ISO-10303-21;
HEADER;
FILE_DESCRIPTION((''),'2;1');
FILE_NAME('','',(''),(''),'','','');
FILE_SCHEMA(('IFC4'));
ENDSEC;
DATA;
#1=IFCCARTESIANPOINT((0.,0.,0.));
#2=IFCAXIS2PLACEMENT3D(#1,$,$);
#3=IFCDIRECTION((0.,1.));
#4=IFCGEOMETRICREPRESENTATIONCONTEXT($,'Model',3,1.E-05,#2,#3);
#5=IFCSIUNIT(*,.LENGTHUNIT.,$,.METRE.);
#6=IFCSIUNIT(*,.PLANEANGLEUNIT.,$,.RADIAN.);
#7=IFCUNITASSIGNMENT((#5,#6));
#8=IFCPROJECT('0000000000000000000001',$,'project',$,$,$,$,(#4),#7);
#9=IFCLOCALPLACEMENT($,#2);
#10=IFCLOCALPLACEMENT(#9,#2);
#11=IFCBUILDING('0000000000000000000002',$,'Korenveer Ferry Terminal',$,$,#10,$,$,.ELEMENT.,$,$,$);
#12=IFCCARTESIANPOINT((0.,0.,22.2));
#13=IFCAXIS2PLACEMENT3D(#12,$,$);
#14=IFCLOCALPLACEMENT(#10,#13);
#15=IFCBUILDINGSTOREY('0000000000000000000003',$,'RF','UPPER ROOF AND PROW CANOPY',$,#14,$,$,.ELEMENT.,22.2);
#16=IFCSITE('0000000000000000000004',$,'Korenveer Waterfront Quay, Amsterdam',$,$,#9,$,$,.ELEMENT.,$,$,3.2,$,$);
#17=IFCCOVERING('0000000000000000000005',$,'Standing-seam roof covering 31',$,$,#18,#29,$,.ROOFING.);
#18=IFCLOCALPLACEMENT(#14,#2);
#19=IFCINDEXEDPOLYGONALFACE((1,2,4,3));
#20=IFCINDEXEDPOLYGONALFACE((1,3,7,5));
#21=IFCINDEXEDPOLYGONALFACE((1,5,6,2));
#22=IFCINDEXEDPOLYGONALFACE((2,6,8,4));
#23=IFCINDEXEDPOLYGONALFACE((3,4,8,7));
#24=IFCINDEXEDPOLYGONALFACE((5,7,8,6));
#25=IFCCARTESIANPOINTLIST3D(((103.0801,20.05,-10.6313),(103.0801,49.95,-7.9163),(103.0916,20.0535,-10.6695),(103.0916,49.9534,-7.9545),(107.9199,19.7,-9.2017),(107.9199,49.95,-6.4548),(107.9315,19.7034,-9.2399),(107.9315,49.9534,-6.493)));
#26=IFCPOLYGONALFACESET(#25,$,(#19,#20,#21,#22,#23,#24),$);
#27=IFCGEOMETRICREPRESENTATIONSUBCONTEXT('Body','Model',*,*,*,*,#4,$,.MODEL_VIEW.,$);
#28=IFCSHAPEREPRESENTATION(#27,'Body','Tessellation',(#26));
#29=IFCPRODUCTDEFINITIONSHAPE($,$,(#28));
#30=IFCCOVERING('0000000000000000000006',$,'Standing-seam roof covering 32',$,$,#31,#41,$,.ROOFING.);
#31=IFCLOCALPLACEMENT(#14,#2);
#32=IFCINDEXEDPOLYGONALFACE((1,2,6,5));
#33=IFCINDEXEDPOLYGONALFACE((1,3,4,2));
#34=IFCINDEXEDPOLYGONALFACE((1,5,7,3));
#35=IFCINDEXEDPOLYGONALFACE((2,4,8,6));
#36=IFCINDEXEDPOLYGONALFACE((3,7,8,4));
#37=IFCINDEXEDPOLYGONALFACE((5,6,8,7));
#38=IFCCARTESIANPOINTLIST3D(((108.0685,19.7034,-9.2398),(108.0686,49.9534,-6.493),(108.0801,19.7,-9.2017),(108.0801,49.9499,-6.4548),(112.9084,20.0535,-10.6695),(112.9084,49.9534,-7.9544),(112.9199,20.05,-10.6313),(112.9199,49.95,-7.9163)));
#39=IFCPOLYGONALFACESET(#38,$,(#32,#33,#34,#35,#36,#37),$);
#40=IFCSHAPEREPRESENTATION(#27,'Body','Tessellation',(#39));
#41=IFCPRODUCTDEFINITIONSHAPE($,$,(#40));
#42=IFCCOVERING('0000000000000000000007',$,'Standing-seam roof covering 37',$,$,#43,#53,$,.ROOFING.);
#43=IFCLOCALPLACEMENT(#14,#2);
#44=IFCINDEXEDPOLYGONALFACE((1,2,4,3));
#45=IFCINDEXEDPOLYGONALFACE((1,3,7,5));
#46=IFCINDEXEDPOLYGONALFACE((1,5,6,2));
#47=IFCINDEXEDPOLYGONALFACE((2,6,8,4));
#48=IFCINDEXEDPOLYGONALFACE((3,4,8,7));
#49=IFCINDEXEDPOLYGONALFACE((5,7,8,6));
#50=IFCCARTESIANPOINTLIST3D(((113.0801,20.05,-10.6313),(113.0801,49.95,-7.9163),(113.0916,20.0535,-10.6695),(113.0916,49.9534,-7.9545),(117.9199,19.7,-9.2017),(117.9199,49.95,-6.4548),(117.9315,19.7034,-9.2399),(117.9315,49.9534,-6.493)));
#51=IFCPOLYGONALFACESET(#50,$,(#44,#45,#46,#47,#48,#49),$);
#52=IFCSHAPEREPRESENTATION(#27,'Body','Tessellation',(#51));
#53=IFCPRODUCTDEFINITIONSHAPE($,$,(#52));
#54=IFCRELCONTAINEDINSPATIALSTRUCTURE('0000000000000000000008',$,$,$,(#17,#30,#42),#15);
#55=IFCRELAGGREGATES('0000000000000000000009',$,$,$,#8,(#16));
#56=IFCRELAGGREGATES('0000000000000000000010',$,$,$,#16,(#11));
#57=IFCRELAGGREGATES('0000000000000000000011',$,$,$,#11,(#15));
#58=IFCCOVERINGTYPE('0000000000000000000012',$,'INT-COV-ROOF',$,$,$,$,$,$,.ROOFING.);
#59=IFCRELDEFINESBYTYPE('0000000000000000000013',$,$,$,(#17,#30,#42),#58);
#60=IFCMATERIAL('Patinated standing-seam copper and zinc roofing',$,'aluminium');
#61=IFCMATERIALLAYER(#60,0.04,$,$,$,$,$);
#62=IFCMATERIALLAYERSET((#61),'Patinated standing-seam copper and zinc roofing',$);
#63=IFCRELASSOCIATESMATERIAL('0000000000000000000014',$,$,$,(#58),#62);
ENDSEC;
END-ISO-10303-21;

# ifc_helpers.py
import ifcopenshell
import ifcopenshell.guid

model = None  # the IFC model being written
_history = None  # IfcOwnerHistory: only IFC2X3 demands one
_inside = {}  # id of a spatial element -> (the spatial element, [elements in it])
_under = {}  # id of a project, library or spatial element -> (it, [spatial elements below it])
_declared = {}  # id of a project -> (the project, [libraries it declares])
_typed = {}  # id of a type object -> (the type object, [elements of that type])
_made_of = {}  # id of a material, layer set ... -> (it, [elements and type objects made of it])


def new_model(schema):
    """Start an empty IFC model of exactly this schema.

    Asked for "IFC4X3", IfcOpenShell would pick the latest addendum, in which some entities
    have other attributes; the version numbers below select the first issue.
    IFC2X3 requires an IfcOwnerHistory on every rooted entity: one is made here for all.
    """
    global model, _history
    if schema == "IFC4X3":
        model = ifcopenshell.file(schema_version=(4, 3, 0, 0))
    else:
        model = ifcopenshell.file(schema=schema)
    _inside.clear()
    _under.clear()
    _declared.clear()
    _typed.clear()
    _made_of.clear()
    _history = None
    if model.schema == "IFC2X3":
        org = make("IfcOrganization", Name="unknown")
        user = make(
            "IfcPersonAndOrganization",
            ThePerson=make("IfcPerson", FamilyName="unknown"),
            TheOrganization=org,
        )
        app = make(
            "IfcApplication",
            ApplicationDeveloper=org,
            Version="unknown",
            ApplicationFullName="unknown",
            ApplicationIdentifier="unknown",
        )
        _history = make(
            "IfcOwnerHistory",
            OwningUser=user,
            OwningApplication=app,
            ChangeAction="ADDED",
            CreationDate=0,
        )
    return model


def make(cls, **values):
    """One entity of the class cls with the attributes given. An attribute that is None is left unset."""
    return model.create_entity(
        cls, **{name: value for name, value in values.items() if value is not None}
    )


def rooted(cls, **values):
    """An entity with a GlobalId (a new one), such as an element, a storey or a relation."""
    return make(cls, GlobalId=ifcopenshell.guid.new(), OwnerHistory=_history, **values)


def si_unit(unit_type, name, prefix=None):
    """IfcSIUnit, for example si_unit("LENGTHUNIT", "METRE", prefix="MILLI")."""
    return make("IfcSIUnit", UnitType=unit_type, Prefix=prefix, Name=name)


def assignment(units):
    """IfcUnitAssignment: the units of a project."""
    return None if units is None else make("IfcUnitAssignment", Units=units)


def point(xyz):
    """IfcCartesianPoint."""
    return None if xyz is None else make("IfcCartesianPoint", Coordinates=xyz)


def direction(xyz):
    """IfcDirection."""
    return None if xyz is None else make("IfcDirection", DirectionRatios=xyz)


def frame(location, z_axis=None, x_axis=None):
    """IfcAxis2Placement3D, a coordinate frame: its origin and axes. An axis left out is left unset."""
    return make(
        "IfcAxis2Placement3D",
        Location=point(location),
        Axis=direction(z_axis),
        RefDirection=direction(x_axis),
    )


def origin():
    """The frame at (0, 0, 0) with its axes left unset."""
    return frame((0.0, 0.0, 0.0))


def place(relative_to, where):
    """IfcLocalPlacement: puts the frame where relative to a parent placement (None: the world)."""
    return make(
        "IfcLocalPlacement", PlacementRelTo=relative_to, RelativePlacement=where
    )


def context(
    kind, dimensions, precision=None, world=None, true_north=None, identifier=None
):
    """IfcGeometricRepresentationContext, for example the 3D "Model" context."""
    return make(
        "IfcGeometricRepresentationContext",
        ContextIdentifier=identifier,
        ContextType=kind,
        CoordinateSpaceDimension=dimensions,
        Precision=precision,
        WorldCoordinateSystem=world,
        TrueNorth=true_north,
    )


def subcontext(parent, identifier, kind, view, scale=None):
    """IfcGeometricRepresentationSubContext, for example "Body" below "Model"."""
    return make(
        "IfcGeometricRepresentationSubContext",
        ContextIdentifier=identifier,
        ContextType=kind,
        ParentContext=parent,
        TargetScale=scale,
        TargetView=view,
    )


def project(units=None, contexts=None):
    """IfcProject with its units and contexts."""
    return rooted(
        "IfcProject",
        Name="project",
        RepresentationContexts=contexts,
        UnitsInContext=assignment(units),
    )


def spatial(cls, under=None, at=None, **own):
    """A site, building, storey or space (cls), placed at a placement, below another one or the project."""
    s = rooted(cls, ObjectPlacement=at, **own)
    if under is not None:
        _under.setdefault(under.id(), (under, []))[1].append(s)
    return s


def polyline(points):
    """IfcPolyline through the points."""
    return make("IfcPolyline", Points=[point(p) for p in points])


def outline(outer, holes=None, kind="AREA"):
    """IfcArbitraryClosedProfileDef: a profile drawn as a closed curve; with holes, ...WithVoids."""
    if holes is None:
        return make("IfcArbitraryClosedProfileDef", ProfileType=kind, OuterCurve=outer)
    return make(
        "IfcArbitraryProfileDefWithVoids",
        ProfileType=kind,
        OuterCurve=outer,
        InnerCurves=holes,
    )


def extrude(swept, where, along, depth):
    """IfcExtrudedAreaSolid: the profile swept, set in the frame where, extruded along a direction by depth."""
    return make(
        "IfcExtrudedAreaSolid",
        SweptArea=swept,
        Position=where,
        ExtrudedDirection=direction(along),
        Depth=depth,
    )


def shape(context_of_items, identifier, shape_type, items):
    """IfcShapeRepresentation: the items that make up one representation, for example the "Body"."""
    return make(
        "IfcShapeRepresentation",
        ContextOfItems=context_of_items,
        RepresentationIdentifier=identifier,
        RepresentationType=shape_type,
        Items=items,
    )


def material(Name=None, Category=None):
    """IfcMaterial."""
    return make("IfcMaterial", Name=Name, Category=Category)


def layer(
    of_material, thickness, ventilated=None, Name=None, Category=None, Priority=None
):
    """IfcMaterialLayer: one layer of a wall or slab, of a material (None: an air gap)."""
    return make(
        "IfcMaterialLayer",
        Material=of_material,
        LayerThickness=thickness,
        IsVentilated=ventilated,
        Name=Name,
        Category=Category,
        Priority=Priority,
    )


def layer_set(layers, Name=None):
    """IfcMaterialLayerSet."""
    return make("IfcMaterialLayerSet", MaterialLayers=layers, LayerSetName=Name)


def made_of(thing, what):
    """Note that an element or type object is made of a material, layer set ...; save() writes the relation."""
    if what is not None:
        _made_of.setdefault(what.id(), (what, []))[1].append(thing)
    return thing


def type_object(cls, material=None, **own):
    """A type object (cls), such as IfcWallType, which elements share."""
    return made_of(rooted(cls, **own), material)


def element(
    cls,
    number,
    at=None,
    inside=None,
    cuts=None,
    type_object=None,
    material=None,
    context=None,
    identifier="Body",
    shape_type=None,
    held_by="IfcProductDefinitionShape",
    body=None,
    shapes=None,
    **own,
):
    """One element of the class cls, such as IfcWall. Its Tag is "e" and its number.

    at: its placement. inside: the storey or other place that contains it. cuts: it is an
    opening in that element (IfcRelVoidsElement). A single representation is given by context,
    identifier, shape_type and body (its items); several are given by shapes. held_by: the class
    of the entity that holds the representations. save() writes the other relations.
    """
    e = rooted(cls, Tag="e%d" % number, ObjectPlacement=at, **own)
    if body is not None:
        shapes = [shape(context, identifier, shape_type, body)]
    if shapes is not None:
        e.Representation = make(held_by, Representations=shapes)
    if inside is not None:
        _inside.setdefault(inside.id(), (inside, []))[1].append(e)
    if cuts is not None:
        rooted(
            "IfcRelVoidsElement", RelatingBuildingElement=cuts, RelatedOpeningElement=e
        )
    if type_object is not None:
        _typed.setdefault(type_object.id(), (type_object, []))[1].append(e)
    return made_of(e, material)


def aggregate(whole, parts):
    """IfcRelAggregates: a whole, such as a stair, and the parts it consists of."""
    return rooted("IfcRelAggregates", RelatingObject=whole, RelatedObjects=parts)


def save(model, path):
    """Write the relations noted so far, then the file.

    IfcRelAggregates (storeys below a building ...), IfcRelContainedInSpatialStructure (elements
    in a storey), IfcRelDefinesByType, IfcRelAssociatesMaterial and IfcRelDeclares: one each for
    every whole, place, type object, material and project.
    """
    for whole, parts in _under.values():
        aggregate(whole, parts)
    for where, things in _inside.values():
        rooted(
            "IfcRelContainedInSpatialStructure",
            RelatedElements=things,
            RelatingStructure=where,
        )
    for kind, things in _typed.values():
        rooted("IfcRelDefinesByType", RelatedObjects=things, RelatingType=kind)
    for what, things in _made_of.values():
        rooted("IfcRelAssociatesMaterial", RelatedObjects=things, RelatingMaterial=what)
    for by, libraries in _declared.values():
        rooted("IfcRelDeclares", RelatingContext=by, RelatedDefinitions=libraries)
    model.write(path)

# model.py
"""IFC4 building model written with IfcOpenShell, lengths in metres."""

from ifc_helpers import new_model, si_unit, direction, frame, origin, place, context, subcontext, project, spatial, polyline, outline, extrude, material, layer, layer_set, type_object, element, save


model = new_model("IFC4")

# Units and contexts
model_context = context("Model", 3, precision=1e-05, world=origin(), true_north=direction((0.0, 1.0)))
body_context = subcontext(model_context, "Body", "Model", "MODEL_VIEW")
ifc_project = project(units=[si_unit("LENGTHUNIT", "METRE"), si_unit("PLANEANGLEUNIT", "RADIAN")], contexts=[model_context])

# Site, building, storey
site_placement = place(None, origin())
site = spatial("IfcSite", under=ifc_project, at=site_placement, Name="Korenveer Waterfront Quay, Amsterdam", CompositionType="ELEMENT", RefElevation=3.2)
building_placement = place(site_placement, origin())
building = spatial("IfcBuilding", under=site, at=building_placement, Name="Korenveer Ferry Terminal", CompositionType="ELEMENT")
storey_placement = place(building_placement, frame((0.0, 0.0, 22.2)))
storey = spatial("IfcBuildingStorey", under=building, at=storey_placement, Name="RF", Description="UPPER ROOF AND PROW CANOPY", CompositionType="ELEMENT", Elevation=22.2)

# Coverings
ifc_material_1 = material(Name="Patinated standing-seam copper and zinc roofing", Category="aluminium")
ifc_layer_1 = layer(ifc_material_1, 0.04)
ifc_layer_set_1 = layer_set([ifc_layer_1], Name="Patinated standing-seam copper and zinc roofing")
covering_type_1 = type_object("IfcCoveringType", Name="INT-COV-ROOF", PredefinedType="ROOFING", material=ifc_layer_set_1)
covering_1_placement = place(storey_placement, frame((103.0801, 20.05, -10.6313), z_axis=(-0.287985, -0.086602, 0.953711), x_axis=(0.956734, -0.069206, 0.282614)))
element("IfcCovering", 1, at=covering_1_placement, inside=storey, type_object=covering_type_1, Name="Standing-seam roof covering 31", PredefinedType="ROOFING", context=body_context, shape_type="SweptSolid", body=[
    extrude(outline(polyline([(0.0, 0.0), (5.0587, 0.0), (3.7415, 30.3459), (-1.3019, 29.9947), (0.0, 0.0)])), origin(), (0.0, 0.0, -1.0), 0.04),
])
covering_2_placement = place(storey_placement, frame((108.0801, 19.7, -9.2017), z_axis=(0.287985, -0.086602, 0.953711), x_axis=(0.956734, 0.069206, -0.282614)))
element("IfcCovering", 2, at=covering_2_placement, inside=storey, type_object=covering_type_1, Name="Standing-seam roof covering 32", PredefinedType="ROOFING", context=body_context, shape_type="SweptSolid", body=[
    extrude(outline(polyline([(0.0, 0.0), (5.0587, 0.0), (6.3607, 29.9947), (1.3172, 30.3459), (0.0, 0.0)])), origin(), (0.0, 0.0, -1.0), 0.04),
])
covering_3_placement = place(storey_placement, frame((113.0801, 20.05, -10.6313), z_axis=(-0.287985, -0.086602, 0.953711), x_axis=(0.956734, -0.069206, 0.282614)))
element("IfcCovering", 3, at=covering_3_placement, inside=storey, type_object=covering_type_1, Name="Standing-seam roof covering 37", PredefinedType="ROOFING", context=body_context, shape_type="SweptSolid", body=[
    extrude(outline(polyline([(0.0, 0.0), (5.0587, 0.0), (3.7415, 30.3459), (-1.3019, 29.9947), (0.0, 0.0)])), origin(), (0.0, 0.0, -1.0), 0.04),
])

save(model, "model.ifc")
